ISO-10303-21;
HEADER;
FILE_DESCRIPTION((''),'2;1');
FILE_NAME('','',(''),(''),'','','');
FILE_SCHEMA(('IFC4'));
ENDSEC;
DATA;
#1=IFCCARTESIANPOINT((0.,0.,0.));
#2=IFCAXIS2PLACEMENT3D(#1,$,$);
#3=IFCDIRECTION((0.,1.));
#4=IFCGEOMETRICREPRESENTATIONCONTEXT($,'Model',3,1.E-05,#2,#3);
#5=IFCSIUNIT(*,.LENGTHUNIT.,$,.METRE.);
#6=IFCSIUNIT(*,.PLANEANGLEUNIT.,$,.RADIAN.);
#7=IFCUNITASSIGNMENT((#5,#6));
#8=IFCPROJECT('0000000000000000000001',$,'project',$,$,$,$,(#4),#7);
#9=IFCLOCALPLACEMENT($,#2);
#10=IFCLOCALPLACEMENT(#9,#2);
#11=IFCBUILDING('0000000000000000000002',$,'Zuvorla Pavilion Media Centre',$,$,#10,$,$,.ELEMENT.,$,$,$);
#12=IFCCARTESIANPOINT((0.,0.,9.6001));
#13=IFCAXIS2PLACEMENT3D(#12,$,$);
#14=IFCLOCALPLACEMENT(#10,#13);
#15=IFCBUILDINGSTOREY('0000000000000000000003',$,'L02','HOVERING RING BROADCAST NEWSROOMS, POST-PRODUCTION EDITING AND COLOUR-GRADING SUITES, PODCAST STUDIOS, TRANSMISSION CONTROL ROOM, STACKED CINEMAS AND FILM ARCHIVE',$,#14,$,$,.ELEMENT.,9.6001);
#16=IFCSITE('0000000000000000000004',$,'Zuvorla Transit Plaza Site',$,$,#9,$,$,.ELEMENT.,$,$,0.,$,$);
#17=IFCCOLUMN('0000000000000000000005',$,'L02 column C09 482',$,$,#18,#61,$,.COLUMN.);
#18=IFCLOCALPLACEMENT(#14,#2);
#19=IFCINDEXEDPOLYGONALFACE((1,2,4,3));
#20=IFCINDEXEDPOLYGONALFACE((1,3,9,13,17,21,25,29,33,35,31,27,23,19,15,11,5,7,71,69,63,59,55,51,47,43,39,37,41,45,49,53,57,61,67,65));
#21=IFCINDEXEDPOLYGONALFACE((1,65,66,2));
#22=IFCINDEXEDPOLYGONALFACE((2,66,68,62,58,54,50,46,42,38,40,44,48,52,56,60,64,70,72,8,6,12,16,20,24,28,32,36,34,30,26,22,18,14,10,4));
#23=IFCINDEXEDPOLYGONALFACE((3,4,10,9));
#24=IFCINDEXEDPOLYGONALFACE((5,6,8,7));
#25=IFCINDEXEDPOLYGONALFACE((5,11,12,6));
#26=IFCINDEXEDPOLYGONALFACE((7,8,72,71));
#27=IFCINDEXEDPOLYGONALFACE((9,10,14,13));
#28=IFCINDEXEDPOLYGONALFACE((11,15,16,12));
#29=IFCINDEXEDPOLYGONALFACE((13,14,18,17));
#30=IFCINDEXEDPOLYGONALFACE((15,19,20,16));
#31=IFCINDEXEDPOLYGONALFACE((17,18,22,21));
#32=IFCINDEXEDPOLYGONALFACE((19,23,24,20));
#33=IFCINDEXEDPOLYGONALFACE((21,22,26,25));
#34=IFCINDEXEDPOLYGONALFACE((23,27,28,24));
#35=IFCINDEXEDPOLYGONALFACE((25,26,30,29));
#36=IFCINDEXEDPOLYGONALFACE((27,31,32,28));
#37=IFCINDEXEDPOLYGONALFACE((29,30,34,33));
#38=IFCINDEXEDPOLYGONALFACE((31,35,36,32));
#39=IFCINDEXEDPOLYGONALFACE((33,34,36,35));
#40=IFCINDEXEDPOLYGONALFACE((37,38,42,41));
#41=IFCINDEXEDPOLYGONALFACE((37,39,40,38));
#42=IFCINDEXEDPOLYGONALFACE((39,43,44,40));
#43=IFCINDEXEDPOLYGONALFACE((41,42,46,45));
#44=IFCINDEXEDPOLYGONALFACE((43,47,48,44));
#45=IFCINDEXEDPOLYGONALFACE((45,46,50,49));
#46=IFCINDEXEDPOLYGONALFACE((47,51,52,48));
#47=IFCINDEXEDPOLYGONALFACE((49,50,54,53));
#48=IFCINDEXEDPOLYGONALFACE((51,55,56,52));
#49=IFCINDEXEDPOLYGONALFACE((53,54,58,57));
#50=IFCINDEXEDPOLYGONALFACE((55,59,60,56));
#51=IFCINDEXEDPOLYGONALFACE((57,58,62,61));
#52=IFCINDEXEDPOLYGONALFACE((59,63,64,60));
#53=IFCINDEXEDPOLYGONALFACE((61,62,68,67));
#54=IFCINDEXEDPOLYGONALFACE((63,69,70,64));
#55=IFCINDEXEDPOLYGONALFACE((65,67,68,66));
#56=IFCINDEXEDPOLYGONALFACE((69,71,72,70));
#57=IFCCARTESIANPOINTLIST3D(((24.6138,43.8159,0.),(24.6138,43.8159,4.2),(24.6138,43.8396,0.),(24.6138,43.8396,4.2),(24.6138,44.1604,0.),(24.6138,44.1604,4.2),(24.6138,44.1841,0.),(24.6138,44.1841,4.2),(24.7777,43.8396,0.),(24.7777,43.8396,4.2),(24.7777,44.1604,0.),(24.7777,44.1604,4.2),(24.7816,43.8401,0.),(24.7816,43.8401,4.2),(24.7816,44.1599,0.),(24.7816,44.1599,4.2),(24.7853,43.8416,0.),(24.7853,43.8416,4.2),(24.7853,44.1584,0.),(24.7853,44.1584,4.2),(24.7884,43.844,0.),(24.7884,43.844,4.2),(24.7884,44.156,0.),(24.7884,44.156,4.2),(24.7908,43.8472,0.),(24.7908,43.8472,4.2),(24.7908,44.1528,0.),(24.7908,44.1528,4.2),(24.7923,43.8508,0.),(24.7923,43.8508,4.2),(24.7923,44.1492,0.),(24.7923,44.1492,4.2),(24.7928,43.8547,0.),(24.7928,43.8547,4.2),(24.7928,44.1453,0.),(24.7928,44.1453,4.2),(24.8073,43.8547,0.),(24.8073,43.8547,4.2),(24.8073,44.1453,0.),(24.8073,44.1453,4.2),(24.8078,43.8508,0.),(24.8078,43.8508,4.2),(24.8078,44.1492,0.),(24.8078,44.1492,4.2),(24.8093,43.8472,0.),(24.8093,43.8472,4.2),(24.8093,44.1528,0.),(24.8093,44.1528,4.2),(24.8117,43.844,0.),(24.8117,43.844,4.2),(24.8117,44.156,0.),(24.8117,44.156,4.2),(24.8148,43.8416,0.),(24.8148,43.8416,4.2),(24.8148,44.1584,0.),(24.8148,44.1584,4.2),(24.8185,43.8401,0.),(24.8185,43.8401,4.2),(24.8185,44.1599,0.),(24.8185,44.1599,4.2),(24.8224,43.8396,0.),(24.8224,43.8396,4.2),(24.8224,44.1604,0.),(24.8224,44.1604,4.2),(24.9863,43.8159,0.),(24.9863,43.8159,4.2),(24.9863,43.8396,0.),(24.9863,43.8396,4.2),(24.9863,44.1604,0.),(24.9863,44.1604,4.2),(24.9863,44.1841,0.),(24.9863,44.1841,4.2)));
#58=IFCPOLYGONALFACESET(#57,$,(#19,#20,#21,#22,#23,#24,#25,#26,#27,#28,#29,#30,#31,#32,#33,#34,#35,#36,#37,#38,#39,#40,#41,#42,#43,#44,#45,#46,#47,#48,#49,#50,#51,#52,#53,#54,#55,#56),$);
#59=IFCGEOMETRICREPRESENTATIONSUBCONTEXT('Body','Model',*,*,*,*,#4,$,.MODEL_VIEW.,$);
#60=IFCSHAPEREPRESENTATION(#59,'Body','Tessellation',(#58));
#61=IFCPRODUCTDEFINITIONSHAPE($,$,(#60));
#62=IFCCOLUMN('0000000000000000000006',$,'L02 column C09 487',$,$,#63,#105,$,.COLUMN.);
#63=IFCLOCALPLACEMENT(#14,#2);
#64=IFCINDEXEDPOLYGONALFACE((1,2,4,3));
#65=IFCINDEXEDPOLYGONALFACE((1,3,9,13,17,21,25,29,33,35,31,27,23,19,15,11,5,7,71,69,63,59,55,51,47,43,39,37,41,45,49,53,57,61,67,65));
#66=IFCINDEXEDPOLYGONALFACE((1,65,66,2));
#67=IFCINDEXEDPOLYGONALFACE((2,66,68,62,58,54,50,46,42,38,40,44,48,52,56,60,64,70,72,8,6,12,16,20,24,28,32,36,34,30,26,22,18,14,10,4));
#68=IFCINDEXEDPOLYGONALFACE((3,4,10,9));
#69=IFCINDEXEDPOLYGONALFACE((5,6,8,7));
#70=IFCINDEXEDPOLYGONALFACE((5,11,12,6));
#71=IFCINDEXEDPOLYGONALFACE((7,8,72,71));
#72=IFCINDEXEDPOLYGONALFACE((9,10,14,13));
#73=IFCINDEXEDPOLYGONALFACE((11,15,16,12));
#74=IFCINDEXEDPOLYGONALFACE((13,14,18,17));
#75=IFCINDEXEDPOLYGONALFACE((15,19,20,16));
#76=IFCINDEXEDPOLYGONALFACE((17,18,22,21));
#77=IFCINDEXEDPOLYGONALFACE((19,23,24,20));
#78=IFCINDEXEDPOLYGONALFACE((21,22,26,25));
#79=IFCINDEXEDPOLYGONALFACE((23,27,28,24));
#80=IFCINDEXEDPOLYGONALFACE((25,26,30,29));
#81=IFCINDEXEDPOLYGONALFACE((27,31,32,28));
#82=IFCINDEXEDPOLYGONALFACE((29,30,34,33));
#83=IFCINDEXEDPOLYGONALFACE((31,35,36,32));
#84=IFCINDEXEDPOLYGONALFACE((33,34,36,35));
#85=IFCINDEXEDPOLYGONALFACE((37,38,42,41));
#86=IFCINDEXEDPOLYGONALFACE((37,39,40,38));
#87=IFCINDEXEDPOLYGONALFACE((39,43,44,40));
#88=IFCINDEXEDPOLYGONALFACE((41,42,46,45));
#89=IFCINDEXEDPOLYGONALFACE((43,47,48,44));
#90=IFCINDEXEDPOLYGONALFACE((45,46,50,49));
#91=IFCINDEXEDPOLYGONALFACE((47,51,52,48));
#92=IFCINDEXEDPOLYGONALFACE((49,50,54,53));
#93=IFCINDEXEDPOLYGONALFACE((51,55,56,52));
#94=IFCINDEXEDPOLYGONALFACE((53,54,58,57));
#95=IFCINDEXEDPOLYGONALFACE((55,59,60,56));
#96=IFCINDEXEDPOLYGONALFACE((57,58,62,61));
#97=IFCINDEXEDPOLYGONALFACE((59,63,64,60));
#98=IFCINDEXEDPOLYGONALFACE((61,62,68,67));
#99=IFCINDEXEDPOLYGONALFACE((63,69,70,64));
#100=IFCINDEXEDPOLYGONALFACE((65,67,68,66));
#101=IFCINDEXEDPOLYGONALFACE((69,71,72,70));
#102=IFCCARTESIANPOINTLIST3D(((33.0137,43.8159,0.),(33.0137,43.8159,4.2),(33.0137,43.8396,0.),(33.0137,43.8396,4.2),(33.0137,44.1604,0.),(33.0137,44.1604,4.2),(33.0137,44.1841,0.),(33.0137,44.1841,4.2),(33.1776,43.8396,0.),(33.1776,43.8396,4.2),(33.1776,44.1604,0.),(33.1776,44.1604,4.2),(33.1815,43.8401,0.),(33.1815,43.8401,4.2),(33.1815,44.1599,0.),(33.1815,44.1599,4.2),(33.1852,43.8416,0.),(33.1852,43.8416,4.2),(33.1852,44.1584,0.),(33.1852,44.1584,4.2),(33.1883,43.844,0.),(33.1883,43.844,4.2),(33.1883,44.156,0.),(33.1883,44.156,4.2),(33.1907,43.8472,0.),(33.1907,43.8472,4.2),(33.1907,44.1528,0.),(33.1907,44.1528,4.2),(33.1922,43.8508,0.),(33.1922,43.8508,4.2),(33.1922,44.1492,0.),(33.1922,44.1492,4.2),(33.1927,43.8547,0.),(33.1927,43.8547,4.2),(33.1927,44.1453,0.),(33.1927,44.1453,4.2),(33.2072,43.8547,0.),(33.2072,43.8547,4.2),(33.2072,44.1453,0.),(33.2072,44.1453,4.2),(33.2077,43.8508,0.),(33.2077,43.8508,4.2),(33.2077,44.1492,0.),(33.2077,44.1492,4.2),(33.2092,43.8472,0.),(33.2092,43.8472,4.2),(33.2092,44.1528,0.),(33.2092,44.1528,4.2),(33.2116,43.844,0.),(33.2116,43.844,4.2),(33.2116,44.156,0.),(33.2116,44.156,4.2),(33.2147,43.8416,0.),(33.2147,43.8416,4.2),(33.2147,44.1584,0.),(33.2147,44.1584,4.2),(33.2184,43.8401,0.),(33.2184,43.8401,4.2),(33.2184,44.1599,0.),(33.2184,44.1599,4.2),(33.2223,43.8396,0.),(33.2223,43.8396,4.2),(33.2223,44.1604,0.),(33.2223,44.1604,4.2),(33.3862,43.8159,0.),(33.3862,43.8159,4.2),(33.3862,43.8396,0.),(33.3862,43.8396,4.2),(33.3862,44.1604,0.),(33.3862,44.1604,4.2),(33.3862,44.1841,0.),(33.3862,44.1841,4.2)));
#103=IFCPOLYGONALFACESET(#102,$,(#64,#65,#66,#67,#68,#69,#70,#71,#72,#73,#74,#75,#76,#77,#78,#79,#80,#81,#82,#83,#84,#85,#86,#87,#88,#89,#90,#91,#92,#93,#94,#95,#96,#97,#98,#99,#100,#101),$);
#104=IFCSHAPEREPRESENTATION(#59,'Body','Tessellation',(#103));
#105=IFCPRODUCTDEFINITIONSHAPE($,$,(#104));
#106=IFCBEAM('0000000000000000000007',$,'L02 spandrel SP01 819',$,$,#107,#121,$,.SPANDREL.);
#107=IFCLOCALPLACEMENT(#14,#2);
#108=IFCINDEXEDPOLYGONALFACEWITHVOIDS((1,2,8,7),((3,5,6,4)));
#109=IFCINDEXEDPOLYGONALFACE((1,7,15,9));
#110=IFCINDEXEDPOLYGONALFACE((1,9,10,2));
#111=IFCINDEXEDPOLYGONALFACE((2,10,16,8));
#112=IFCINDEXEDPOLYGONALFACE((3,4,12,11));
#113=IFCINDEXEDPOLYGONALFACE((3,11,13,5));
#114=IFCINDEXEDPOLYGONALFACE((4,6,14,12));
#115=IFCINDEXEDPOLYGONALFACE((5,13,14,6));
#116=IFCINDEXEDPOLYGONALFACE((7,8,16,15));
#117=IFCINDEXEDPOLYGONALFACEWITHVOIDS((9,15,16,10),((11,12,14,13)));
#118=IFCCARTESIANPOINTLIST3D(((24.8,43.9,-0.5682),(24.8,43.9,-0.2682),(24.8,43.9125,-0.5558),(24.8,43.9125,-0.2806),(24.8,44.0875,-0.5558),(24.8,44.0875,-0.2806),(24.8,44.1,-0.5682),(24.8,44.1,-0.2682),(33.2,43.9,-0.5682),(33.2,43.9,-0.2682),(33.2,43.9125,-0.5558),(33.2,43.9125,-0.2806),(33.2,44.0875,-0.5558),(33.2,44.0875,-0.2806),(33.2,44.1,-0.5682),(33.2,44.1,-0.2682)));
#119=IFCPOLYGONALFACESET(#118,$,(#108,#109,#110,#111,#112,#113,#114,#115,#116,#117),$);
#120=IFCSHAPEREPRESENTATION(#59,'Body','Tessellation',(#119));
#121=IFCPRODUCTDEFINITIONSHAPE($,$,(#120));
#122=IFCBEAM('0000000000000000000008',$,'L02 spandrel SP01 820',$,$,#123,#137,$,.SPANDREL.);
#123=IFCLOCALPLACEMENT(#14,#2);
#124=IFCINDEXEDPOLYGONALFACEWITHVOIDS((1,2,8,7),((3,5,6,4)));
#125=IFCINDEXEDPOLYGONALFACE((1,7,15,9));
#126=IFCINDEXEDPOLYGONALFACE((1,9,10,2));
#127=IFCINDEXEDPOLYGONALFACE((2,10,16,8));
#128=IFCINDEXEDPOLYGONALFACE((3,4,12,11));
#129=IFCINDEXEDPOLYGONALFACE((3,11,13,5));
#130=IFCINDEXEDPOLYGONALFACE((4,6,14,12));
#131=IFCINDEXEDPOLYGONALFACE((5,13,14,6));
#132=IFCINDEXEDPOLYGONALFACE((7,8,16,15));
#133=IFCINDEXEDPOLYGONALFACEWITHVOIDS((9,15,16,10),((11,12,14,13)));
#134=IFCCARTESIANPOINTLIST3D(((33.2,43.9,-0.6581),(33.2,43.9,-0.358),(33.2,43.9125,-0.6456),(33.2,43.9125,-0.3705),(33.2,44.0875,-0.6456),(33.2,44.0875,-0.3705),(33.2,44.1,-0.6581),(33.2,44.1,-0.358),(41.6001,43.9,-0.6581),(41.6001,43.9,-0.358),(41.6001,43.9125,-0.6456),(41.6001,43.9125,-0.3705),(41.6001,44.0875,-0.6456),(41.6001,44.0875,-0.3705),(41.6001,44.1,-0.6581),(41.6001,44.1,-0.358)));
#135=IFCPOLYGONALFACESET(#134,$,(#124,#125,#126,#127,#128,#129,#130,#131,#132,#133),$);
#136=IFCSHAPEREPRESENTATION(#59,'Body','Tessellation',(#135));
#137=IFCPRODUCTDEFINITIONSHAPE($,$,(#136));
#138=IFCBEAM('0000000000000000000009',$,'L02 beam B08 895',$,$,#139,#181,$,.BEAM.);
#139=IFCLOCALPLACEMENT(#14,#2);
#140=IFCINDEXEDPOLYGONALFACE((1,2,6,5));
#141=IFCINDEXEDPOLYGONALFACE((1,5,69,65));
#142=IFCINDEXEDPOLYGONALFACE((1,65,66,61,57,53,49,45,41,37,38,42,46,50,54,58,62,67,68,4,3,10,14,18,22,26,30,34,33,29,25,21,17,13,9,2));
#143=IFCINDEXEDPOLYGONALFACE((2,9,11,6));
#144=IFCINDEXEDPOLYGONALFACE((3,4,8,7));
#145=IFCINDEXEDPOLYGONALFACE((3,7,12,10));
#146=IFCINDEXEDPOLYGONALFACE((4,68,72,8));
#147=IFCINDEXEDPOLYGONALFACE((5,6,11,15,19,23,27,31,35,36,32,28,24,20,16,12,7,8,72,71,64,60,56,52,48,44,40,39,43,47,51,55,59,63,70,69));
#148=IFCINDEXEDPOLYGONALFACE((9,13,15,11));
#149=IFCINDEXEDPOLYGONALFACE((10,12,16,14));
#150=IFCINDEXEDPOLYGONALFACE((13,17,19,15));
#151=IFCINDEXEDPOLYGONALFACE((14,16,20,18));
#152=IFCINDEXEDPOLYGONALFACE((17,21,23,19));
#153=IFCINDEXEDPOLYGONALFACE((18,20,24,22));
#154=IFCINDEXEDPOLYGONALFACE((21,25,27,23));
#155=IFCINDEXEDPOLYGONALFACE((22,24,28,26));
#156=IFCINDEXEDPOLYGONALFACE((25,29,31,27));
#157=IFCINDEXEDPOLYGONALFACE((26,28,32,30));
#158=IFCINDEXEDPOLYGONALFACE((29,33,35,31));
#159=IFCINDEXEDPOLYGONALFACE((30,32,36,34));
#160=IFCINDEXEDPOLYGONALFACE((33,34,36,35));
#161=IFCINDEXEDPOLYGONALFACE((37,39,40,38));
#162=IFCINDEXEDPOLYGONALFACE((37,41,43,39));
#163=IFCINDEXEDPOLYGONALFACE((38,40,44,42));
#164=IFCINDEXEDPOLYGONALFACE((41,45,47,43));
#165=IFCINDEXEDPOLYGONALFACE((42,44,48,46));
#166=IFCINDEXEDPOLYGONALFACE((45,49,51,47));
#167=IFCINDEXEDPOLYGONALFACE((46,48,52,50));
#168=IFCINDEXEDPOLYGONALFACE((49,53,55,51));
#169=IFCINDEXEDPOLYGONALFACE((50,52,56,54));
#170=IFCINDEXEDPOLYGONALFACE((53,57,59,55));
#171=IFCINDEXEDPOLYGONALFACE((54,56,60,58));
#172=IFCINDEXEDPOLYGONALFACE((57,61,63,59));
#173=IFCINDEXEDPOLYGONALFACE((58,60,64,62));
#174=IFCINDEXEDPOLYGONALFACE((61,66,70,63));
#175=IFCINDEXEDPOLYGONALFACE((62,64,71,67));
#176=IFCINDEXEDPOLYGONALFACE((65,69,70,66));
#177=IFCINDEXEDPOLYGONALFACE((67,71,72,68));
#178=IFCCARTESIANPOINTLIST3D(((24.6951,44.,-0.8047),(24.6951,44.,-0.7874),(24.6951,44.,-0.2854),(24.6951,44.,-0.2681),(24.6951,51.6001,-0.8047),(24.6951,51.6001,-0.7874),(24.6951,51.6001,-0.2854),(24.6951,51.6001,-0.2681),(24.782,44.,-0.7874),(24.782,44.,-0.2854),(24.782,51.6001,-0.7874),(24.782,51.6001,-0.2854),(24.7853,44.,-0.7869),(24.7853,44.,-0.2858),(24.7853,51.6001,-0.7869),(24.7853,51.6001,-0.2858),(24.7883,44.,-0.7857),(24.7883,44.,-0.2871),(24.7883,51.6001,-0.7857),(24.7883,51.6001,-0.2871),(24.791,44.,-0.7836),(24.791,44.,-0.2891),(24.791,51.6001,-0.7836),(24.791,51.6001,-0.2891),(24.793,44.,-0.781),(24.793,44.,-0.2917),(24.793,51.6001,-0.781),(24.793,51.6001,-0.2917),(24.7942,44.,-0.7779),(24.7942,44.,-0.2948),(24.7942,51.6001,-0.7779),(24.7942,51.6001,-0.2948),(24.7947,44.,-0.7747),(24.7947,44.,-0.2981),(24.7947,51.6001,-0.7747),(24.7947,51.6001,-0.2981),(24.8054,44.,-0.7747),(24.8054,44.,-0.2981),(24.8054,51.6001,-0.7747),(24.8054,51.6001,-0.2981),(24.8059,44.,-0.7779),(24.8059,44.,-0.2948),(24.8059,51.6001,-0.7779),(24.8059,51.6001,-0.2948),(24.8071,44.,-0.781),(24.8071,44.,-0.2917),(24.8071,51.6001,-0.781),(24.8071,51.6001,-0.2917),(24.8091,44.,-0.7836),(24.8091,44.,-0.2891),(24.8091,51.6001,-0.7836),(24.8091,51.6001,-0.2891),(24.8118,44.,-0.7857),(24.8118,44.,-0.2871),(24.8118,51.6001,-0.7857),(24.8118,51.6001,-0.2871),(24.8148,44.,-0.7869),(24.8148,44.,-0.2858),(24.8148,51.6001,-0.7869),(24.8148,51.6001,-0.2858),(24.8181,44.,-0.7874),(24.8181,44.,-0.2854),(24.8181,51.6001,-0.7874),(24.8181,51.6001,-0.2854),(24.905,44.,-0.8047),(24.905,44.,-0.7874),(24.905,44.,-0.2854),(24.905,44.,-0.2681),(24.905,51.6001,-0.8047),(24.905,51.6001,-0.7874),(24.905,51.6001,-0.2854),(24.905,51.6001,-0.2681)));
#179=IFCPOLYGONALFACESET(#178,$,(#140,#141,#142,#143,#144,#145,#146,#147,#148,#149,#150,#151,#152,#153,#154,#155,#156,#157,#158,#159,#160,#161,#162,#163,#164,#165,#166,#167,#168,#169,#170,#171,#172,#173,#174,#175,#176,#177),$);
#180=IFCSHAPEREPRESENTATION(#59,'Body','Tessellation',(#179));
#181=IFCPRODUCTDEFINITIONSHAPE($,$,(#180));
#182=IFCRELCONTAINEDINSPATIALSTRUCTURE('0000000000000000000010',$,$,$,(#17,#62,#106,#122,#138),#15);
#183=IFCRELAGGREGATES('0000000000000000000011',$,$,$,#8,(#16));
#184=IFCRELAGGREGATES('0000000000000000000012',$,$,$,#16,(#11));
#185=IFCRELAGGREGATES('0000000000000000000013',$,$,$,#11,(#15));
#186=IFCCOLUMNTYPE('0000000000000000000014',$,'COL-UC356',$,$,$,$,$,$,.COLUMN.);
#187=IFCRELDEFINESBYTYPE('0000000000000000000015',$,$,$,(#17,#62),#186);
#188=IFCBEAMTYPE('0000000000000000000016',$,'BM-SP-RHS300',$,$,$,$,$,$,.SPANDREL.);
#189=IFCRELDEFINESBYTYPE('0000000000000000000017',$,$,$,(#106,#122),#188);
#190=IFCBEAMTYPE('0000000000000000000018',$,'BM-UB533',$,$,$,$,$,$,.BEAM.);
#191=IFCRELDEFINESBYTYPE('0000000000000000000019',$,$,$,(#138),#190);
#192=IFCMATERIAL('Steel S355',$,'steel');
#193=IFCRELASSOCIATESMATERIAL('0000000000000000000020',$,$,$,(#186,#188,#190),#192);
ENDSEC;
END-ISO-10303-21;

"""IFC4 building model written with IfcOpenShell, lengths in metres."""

from ifc_helpers import new_model, si_unit, direction, frame, origin, origin_2d, place, context, subcontext, project, spatial, hollow_rectangle, i_section, extrude, material, material_profile, profile_set, type_object, element, save


model = new_model("IFC4")

# Units and contexts
model_context = context("Model", 3, precision=1e-05, world=origin(), true_north=direction((0.0, 1.0)))
body_context = subcontext(model_context, "Body", "Model", "MODEL_VIEW")
ifc_project = project(units=[si_unit("LENGTHUNIT", "METRE"), si_unit("PLANEANGLEUNIT", "RADIAN")], contexts=[model_context])

# Site, building, storey
site_placement = place(None, origin())
site = spatial("IfcSite", under=ifc_project, at=site_placement, Name="Zuvorla Transit Plaza Site", CompositionType="ELEMENT", RefElevation=0.0)
building_placement = place(site_placement, origin())
building = spatial("IfcBuilding", under=site, at=building_placement, Name="Zuvorla Pavilion Media Centre", CompositionType="ELEMENT")
storey_placement = place(building_placement, frame((0.0, 0.0, 9.6001)))
storey = spatial("IfcBuildingStorey", under=building, at=storey_placement, Name="L02", Description="HOVERING RING BROADCAST NEWSROOMS, POST-PRODUCTION EDITING AND COLOUR-GRADING SUITES, PODCAST STUDIOS, TRANSMISSION CONTROL ROOM, STACKED CINEMAS AND FILM ARCHIVE", CompositionType="ELEMENT", Elevation=9.6001)

# Columns
ifc_material_1 = material(Name="Steel S355", Category="steel")
ifc_material_profile_1 = material_profile(ifc_material_1, i_section(OverallWidth=0.3726, OverallDepth=0.3682, WebThickness=0.0144, FlangeThickness=0.0237, FilletRadius=0.0151, at=origin_2d()), Name="UC 356x368x177")
ifc_profile_set_1 = profile_set([ifc_material_profile_1], Name="Steel S355")
column_type = type_object("IfcColumnType", Name="COL-UC356", PredefinedType="COLUMN", material=ifc_profile_set_1)
for number, where, z_axis, x_axis, name in (
    (1, (24.8, 44.0, 0.0), (0.0, 0.0, 1.0), (1.0, 0.0, 0.0), "L02 column C09 482"),
    (2, (33.2, 44.0, 0.0), (0.0, 0.0, 1.0), (1.0, 0.0, 0.0), "L02 column C09 487"),
):
    element("IfcColumn", number, at=place(storey_placement, frame(where, z_axis=z_axis, x_axis=x_axis)), inside=storey, type_object=column_type, Name=name, PredefinedType="COLUMN", context=body_context, shape_type="SweptSolid", body=[
        extrude(i_section(OverallWidth=0.3726, OverallDepth=0.3682, WebThickness=0.0144, FlangeThickness=0.0237, FilletRadius=0.0151, at=origin_2d()), origin(), (0.0, 0.0, 1.0), 4.2),
    ])

# Beams
ifc_material_profile_2 = material_profile(ifc_material_1, hollow_rectangle(XDim=0.2, YDim=0.3, WallThickness=0.0125, at=origin_2d()), Name="RHS 300x200x12.5")
ifc_profile_set_2 = profile_set([ifc_material_profile_2], Name="Steel S355")
beam_type_1 = type_object("IfcBeamType", Name="BM-SP-RHS300", PredefinedType="SPANDREL", material=ifc_profile_set_2)
beam_1_placement = place(storey_placement, frame((24.8, 44.0, -0.4182), z_axis=(1.0, 0.0, 0.0), x_axis=(0.0, 1.0, 0.0)))
element("IfcBeam", 3, at=beam_1_placement, inside=storey, type_object=beam_type_1, Name="L02 spandrel SP01 819", PredefinedType="SPANDREL", context=body_context, shape_type="SweptSolid", body=[
    extrude(hollow_rectangle(XDim=0.2, YDim=0.3, WallThickness=0.0125, at=origin_2d()), origin(), (0.0, 0.0, 1.0), 8.3999),
])
beam_2_placement = place(storey_placement, frame((33.2, 44.0, -0.5081), z_axis=(1.0, 0.0, 0.0), x_axis=(0.0, 1.0, 0.0)))
element("IfcBeam", 4, at=beam_2_placement, inside=storey, type_object=beam_type_1, Name="L02 spandrel SP01 820", PredefinedType="SPANDREL", context=body_context, shape_type="SweptSolid", body=[
    extrude(hollow_rectangle(XDim=0.2, YDim=0.3, WallThickness=0.0125, at=origin_2d()), origin(), (0.0, 0.0, 1.0), 8.4001),
])
ifc_material_profile_3 = material_profile(ifc_material_1, i_section(OverallWidth=0.21, OverallDepth=0.5366, WebThickness=0.0107, FlangeThickness=0.0173, FilletRadius=0.0127, at=origin_2d()), Name="UB 533x210x101")
ifc_profile_set_3 = profile_set([ifc_material_profile_3], Name="Steel S355")
beam_type_2 = type_object("IfcBeamType", Name="BM-UB533", PredefinedType="BEAM", material=ifc_profile_set_3)
beam_3_placement = place(storey_placement, frame((24.8, 44.0, -0.5364), z_axis=(0.0, 1.0, 0.0), x_axis=(-1.0, 0.0, 0.0)))
element("IfcBeam", 5, at=beam_3_placement, inside=storey, type_object=beam_type_2, Name="L02 beam B08 895", PredefinedType="BEAM", context=body_context, shape_type="SweptSolid", body=[
    extrude(i_section(OverallWidth=0.21, OverallDepth=0.5366, WebThickness=0.0107, FlangeThickness=0.0173, FilletRadius=0.0127, at=origin_2d()), origin(), (0.0, 0.0, 1.0), 7.6001),
])

save(model, "model.ifc")
